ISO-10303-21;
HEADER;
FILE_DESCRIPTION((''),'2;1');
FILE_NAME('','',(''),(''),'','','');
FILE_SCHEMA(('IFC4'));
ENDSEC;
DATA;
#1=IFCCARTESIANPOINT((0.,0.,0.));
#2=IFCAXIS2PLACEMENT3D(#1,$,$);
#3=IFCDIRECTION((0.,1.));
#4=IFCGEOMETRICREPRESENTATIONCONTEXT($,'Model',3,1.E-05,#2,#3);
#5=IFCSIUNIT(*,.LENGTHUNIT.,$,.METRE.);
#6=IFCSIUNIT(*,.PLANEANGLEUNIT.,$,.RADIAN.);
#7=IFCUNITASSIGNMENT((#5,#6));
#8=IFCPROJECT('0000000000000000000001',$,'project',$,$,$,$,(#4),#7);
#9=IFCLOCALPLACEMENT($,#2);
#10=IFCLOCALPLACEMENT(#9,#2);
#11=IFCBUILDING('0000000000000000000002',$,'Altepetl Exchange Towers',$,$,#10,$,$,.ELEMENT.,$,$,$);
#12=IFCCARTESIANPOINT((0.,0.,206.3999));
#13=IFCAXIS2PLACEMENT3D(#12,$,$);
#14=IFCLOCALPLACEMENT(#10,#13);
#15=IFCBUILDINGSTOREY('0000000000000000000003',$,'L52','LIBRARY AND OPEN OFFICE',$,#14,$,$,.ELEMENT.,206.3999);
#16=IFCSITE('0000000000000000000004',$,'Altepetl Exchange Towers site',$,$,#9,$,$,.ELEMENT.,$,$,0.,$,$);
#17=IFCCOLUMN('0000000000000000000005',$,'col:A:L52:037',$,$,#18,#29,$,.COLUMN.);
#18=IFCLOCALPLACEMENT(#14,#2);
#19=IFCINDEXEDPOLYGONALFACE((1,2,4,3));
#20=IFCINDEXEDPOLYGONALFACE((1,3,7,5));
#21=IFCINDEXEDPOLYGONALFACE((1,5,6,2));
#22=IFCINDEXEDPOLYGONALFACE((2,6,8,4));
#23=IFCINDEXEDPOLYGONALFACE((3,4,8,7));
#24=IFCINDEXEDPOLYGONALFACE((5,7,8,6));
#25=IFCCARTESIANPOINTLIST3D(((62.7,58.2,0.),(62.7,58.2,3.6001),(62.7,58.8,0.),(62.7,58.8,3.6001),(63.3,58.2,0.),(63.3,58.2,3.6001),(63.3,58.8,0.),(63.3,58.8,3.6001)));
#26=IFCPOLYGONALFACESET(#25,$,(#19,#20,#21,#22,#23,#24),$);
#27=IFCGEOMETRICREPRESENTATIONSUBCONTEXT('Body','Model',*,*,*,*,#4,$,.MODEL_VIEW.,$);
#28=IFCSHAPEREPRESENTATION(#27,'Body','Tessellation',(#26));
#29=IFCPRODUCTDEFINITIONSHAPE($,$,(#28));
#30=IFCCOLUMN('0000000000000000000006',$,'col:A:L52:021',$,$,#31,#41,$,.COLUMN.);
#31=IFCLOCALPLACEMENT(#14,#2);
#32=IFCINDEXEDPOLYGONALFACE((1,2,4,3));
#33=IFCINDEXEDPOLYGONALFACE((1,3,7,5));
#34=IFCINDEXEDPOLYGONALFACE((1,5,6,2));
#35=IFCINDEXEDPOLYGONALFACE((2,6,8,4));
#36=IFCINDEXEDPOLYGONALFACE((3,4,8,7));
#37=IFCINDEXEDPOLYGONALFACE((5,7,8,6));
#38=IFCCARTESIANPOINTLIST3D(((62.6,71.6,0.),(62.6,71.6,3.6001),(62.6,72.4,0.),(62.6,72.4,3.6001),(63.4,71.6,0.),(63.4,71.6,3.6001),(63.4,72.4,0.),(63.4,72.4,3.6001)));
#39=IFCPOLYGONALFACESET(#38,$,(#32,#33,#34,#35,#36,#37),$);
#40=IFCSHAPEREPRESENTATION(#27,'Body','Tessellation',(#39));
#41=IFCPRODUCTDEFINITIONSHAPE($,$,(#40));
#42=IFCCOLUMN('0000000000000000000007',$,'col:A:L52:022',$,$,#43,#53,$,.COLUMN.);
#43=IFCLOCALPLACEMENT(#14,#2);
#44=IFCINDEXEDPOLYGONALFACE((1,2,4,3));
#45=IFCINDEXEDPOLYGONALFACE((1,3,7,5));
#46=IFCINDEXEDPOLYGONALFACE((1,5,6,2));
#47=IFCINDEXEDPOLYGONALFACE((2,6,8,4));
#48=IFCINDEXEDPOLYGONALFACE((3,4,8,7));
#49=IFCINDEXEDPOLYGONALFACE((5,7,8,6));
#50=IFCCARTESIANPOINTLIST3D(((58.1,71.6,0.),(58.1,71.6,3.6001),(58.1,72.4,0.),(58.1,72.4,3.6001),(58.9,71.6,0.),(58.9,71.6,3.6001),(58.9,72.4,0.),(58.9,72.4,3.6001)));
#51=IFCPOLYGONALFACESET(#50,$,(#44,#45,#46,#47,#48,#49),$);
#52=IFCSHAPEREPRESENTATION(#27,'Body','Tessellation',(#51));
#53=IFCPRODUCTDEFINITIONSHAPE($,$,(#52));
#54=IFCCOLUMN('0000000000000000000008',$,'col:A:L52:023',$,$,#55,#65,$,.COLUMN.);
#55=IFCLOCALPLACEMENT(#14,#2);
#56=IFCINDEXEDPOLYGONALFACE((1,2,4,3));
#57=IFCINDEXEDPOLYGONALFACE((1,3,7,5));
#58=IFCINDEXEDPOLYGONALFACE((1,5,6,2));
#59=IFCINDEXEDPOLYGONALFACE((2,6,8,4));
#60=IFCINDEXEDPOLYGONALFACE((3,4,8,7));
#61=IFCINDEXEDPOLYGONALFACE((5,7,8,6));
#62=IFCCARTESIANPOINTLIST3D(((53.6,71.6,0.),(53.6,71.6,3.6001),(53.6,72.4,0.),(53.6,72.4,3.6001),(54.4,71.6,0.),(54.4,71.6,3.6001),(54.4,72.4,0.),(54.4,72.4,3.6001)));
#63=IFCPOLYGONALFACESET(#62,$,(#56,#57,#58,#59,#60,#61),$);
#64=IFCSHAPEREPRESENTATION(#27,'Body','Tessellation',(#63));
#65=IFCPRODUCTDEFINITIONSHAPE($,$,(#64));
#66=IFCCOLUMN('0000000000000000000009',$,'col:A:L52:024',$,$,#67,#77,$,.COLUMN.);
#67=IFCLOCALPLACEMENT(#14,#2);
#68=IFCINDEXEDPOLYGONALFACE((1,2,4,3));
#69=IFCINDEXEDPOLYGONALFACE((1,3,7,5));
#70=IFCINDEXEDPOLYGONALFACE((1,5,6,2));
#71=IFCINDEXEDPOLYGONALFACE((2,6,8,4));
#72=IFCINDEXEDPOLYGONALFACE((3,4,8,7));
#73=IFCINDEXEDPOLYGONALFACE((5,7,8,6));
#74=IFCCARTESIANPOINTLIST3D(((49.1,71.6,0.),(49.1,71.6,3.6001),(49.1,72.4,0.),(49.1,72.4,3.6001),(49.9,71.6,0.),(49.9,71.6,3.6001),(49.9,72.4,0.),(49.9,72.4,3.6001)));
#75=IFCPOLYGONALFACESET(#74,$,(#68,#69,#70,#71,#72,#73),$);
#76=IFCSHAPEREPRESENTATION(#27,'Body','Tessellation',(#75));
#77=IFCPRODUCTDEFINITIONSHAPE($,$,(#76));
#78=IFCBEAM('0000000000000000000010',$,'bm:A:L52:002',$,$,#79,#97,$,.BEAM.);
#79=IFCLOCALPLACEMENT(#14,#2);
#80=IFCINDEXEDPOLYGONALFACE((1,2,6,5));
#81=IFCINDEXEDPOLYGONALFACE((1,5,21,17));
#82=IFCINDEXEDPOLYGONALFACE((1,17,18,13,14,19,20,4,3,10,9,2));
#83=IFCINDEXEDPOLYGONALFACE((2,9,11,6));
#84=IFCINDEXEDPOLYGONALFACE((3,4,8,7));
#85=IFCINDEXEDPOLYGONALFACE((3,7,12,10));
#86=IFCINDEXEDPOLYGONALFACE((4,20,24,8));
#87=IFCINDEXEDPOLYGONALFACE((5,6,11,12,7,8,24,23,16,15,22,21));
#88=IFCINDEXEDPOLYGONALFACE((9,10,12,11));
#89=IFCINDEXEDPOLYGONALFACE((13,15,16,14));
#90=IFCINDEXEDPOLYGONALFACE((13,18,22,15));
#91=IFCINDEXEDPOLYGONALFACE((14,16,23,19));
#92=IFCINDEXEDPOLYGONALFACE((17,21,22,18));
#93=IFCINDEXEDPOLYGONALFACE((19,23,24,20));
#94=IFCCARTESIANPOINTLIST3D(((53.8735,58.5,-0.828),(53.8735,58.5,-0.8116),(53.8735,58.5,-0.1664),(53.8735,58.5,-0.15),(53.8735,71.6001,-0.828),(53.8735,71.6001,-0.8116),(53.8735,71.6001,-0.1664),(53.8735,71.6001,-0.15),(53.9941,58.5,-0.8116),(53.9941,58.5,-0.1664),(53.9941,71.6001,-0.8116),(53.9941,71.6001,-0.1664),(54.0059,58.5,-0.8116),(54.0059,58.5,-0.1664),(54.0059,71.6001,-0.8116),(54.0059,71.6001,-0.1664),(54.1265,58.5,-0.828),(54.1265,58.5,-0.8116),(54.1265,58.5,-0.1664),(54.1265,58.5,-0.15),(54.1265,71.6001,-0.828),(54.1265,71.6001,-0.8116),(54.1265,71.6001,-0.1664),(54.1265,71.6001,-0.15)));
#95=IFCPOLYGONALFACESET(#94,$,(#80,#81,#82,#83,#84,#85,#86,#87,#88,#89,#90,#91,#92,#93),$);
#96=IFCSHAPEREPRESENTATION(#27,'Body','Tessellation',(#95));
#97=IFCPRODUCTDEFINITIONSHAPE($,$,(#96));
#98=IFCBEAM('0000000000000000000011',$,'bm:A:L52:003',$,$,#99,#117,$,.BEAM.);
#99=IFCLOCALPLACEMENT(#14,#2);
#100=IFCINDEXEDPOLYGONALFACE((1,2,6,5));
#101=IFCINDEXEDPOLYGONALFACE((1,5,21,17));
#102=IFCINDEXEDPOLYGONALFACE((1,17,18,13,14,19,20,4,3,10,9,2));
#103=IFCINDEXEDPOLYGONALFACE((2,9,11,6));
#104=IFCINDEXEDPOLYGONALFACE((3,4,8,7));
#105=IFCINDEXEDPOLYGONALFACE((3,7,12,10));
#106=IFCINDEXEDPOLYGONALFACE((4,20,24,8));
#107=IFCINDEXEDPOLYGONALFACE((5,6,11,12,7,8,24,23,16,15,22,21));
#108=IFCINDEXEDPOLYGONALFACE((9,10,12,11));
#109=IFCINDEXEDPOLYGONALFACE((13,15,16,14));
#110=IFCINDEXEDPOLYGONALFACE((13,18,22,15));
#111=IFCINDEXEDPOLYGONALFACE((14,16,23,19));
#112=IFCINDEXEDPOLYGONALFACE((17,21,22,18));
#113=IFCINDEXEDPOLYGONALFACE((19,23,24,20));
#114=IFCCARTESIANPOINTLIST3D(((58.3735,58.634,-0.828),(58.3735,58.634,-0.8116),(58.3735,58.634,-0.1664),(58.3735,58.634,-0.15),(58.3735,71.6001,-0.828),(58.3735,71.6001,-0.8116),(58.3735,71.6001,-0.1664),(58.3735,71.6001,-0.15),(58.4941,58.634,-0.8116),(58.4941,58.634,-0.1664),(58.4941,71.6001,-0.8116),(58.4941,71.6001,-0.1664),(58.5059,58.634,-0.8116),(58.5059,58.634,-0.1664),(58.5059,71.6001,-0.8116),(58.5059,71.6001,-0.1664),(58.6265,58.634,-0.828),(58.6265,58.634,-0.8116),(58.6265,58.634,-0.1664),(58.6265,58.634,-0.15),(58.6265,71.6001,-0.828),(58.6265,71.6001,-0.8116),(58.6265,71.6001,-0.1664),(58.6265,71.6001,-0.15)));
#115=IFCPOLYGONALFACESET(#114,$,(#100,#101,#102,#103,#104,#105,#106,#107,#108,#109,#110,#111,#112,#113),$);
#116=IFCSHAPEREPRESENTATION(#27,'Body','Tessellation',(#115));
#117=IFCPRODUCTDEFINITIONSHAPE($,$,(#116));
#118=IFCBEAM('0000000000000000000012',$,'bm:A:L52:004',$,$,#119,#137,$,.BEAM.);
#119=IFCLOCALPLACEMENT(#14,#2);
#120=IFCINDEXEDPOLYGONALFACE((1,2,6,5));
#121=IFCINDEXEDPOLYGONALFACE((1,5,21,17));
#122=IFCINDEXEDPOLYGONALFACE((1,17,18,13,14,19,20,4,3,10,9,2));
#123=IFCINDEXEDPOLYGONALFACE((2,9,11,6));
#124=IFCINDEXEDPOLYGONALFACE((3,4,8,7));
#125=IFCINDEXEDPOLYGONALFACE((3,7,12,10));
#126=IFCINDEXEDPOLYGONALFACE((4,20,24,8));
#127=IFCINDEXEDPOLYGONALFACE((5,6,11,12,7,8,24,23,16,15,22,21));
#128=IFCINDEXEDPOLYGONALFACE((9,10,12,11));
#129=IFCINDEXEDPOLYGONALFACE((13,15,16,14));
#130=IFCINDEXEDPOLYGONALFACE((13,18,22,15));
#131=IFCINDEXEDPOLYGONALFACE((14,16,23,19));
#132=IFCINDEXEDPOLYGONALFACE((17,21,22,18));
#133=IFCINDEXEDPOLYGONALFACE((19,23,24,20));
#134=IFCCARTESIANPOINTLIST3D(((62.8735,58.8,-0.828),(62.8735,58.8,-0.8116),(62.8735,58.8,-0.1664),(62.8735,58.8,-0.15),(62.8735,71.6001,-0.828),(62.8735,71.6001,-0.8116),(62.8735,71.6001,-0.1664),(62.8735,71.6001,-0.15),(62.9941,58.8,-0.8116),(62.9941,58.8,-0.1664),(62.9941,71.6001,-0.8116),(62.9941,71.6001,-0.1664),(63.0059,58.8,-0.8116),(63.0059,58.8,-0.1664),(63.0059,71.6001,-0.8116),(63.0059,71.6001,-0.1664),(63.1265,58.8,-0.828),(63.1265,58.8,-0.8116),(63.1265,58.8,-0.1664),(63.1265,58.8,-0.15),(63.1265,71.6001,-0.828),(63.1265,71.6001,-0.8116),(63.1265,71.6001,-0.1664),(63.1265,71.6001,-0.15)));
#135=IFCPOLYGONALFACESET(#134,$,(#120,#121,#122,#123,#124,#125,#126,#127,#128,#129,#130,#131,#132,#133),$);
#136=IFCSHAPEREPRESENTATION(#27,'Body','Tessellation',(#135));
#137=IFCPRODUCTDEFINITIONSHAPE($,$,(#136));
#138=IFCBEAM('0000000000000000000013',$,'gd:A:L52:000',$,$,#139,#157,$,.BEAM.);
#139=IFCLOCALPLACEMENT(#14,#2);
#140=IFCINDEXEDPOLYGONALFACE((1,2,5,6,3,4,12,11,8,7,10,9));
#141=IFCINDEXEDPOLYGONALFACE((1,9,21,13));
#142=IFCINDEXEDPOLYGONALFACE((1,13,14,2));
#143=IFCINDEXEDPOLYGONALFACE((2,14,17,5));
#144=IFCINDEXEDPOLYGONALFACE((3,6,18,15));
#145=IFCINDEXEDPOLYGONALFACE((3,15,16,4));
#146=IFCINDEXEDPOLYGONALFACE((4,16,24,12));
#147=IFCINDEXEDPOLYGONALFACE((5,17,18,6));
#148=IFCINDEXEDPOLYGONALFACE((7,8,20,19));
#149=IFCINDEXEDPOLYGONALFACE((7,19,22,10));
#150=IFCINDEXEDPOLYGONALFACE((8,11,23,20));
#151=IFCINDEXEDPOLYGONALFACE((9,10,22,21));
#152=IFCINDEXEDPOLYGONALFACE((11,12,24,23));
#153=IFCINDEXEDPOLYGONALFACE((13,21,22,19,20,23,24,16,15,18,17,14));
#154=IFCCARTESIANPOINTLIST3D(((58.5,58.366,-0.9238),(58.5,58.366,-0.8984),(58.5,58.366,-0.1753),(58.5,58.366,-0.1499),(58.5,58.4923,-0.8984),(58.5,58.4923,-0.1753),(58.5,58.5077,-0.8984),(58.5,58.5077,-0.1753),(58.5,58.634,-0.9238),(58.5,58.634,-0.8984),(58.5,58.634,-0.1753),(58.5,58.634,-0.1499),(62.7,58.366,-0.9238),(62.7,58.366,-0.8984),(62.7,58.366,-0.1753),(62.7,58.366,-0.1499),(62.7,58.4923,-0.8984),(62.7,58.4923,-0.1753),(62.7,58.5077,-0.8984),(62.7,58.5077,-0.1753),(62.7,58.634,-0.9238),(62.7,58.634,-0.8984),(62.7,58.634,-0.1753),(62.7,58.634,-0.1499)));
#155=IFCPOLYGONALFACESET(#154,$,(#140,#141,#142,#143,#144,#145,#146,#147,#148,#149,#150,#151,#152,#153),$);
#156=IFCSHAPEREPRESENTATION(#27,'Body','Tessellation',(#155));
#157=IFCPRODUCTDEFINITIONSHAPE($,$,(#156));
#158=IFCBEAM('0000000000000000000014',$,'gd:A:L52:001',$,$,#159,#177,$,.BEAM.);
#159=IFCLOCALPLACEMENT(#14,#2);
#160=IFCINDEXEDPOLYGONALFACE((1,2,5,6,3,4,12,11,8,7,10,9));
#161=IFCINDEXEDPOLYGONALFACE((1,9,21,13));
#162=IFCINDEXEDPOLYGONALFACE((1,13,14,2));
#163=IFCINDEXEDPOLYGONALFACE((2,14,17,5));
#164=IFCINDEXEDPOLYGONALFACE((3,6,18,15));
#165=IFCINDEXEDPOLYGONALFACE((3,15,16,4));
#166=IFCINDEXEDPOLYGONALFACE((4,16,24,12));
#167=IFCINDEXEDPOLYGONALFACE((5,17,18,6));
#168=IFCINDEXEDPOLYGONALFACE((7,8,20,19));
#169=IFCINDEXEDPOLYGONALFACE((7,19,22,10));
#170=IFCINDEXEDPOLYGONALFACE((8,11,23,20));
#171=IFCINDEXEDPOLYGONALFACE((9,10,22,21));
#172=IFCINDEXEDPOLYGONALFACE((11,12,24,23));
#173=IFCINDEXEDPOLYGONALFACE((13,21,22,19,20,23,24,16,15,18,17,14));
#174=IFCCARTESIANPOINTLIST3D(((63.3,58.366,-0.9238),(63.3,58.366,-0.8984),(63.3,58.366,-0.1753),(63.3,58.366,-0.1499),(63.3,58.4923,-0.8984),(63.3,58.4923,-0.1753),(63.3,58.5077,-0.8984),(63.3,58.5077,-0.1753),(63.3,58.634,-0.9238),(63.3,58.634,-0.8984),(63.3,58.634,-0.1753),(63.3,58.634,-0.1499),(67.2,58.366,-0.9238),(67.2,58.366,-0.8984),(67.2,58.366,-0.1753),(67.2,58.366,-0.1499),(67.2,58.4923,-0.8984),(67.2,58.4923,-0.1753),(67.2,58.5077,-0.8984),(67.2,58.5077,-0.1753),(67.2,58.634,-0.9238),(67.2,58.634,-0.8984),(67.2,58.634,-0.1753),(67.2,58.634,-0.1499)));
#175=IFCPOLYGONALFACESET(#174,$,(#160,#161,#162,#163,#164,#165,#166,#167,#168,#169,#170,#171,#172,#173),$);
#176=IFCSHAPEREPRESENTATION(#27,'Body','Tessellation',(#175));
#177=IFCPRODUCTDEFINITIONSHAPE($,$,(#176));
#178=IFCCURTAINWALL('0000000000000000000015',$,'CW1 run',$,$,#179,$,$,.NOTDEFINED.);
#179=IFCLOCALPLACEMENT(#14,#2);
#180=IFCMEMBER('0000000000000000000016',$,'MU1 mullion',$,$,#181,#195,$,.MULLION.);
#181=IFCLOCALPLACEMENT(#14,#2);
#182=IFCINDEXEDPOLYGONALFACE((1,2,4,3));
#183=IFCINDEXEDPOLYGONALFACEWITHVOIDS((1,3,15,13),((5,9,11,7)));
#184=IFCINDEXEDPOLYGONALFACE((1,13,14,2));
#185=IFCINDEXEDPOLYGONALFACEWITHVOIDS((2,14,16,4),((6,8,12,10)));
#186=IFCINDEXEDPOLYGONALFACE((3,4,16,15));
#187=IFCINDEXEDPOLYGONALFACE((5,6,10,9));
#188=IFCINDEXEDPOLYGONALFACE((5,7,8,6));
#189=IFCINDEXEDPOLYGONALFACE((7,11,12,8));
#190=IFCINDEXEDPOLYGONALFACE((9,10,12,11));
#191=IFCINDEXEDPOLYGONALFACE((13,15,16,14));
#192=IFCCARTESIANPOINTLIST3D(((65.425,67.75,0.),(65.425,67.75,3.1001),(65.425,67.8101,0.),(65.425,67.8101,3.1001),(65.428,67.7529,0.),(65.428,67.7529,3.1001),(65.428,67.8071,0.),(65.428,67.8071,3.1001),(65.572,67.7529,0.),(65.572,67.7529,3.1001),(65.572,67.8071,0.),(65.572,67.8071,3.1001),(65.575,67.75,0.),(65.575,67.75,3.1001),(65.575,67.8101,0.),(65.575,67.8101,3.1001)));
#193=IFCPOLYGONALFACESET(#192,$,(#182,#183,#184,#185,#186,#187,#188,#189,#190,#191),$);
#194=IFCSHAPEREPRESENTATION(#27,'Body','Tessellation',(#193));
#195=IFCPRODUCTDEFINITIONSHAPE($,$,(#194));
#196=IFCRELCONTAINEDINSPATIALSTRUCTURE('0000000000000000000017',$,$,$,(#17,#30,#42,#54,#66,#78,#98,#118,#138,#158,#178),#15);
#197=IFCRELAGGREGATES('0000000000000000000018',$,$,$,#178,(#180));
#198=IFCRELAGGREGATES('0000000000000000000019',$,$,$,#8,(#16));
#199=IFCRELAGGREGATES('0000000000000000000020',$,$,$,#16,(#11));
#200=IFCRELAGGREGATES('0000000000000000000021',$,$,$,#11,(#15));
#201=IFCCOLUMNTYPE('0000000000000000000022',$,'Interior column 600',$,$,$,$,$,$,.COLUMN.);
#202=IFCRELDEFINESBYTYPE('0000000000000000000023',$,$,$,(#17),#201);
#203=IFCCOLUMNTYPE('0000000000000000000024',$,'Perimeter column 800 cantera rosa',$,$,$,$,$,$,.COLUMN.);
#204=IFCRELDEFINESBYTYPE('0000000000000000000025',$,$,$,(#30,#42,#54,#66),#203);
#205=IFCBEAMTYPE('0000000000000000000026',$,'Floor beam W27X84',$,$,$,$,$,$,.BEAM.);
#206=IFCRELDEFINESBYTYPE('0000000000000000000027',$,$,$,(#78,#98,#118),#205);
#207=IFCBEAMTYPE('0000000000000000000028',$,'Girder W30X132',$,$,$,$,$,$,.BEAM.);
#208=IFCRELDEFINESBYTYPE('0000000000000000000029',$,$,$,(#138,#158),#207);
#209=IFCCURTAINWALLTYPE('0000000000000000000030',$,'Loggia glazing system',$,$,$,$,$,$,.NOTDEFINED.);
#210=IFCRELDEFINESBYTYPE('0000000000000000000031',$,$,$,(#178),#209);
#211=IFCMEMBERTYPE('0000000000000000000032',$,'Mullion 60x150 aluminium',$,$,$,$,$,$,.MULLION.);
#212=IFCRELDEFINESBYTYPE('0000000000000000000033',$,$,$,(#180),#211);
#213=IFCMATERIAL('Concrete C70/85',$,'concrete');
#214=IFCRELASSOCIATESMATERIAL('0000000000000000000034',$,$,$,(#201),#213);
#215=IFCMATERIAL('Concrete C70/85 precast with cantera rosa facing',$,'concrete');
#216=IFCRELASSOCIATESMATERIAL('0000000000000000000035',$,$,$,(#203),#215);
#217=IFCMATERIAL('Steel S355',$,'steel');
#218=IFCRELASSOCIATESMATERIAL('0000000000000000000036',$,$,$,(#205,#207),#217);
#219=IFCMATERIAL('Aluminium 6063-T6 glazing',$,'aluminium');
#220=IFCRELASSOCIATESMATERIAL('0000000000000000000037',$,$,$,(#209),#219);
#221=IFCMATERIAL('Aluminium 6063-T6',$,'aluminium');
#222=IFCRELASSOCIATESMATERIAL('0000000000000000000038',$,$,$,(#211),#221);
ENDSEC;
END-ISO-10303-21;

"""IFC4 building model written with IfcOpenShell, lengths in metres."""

from ifc_helpers import new_model, si_unit, direction, frame, origin, origin_2d, place, context, subcontext, project, spatial, rectangle, hollow_rectangle, i_section, extrude, material, material_profile, profile_set, type_object, element, aggregate, save


model = new_model("IFC4")

# Units and contexts
model_context = context("Model", 3, precision=1e-05, world=origin(), true_north=direction((0.0, 1.0)))
body_context = subcontext(model_context, "Body", "Model", "MODEL_VIEW")
ifc_project = project(units=[si_unit("LENGTHUNIT", "METRE"), si_unit("PLANEANGLEUNIT", "RADIAN")], contexts=[model_context])

# Site, building, storey
site_placement = place(None, origin())
site = spatial("IfcSite", under=ifc_project, at=site_placement, Name="Altepetl Exchange Towers site", CompositionType="ELEMENT", RefElevation=0.0)
building_placement = place(site_placement, origin())
building = spatial("IfcBuilding", under=site, at=building_placement, Name="Altepetl Exchange Towers", CompositionType="ELEMENT")
storey_placement = place(building_placement, frame((0.0, 0.0, 206.3999)))
storey = spatial("IfcBuildingStorey", under=building, at=storey_placement, Name="L52", Description="LIBRARY AND OPEN OFFICE", CompositionType="ELEMENT", Elevation=206.3999)

# Columns
ifc_material_1 = material(Name="Concrete C70/85", Category="concrete")
ifc_material_profile_1 = material_profile(ifc_material_1, rectangle(XDim=0.6001, YDim=0.6001, at=origin_2d()), Name="600 x 600")
ifc_profile_set_1 = profile_set([ifc_material_profile_1], Name="Concrete C70/85")
column_type_1 = type_object("IfcColumnType", Name="Interior column 600", PredefinedType="COLUMN", material=ifc_profile_set_1)
column_placement = place(storey_placement, frame((63.0, 58.5, 0.0)))
element("IfcColumn", 1, at=column_placement, inside=storey, type_object=column_type_1, Name="col:A:L52:037", PredefinedType="COLUMN", context=body_context, shape_type="SweptSolid", body=[
    extrude(rectangle(XDim=0.6001, YDim=0.6001, at=origin_2d()), origin(), (0.0, 0.0, 1.0), 3.6001),
])
ifc_material_2 = material(Name="Concrete C70/85 precast with cantera rosa facing", Category="concrete")
ifc_material_profile_2 = material_profile(ifc_material_2, rectangle(XDim=0.8, YDim=0.8, at=origin_2d()), Name="800 x 800")
ifc_profile_set_2 = profile_set([ifc_material_profile_2], Name="Concrete C70/85 precast with cantera rosa facing")
column_type_2 = type_object("IfcColumnType", Name="Perimeter column 800 cantera rosa", PredefinedType="COLUMN", material=ifc_profile_set_2)
for number, where, name in (
    (2, (63.0, 72.0, 0.0), "col:A:L52:021"),
    (3, (58.5, 72.0, 0.0), "col:A:L52:022"),
    (4, (54.0, 72.0, 0.0), "col:A:L52:023"),
    (5, (49.5, 72.0, 0.0), "col:A:L52:024"),
):
    element("IfcColumn", number, at=place(storey_placement, frame(where)), inside=storey, type_object=column_type_2, Name=name, PredefinedType="COLUMN", context=body_context, shape_type="SweptSolid", body=[
        extrude(rectangle(XDim=0.8, YDim=0.8, at=origin_2d()), origin(), (0.0, 0.0, 1.0), 3.6001),
    ])

# Beams
ifc_material_3 = material(Name="Steel S355", Category="steel")
ifc_material_profile_3 = material_profile(ifc_material_3, i_section(OverallWidth=0.2529, OverallDepth=0.678, WebThickness=0.0117, FlangeThickness=0.0164, at=origin_2d()), Name="W27X84")
ifc_profile_set_3 = profile_set([ifc_material_profile_3], Name="Steel S355")
beam_type_1 = type_object("IfcBeamType", Name="Floor beam W27X84", PredefinedType="BEAM", material=ifc_profile_set_3)
beam_1_placement = place(storey_placement, frame((54.0, 58.5, -0.489), z_axis=(0.0, 1.0, 0.0), x_axis=(-1.0, 0.0, 0.0)))
element("IfcBeam", 6, at=beam_1_placement, inside=storey, type_object=beam_type_1, Name="bm:A:L52:002", PredefinedType="BEAM", context=body_context, shape_type="SweptSolid", body=[
    extrude(i_section(OverallWidth=0.2529, OverallDepth=0.678, WebThickness=0.0117, FlangeThickness=0.0164, at=origin_2d()), origin(), (0.0, 0.0, 1.0), 13.1001),
])
beam_2_placement = place(storey_placement, frame((58.5, 58.634, -0.489), z_axis=(0.0, 1.0, 0.0), x_axis=(-1.0, 0.0, 0.0)))
element("IfcBeam", 7, at=beam_2_placement, inside=storey, type_object=beam_type_1, Name="bm:A:L52:003", PredefinedType="BEAM", context=body_context, shape_type="SweptSolid", body=[
    extrude(i_section(OverallWidth=0.2529, OverallDepth=0.678, WebThickness=0.0117, FlangeThickness=0.0164, at=origin_2d()), origin(), (0.0, 0.0, 1.0), 12.9661),
])
beam_3_placement = place(storey_placement, frame((63.0, 58.8, -0.489), z_axis=(0.0, 1.0, 0.0), x_axis=(-1.0, 0.0, 0.0)))
element("IfcBeam", 8, at=beam_3_placement, inside=storey, type_object=beam_type_1, Name="bm:A:L52:004", PredefinedType="BEAM", context=body_context, shape_type="SweptSolid", body=[
    extrude(i_section(OverallWidth=0.2529, OverallDepth=0.678, WebThickness=0.0117, FlangeThickness=0.0164, at=origin_2d()), origin(), (0.0, 0.0, 1.0), 12.8),
])
ifc_material_profile_4 = material_profile(ifc_material_3, i_section(OverallWidth=0.2681, OverallDepth=0.7739, WebThickness=0.0154, FlangeThickness=0.0254, at=origin_2d()), Name="W30X132")
ifc_profile_set_4 = profile_set([ifc_material_profile_4], Name="Steel S355")
beam_type_2 = type_object("IfcBeamType", Name="Girder W30X132", PredefinedType="BEAM", material=ifc_profile_set_4)
beam_4_placement = place(storey_placement, frame((58.5, 58.5, -0.5369), z_axis=(1.0, 0.0, 0.0), x_axis=(0.0, 1.0, 0.0)))
element("IfcBeam", 9, at=beam_4_placement, inside=storey, type_object=beam_type_2, Name="gd:A:L52:000", PredefinedType="BEAM", context=body_context, shape_type="SweptSolid", body=[
    extrude(i_section(OverallWidth=0.2681, OverallDepth=0.7739, WebThickness=0.0154, FlangeThickness=0.0254, at=origin_2d()), origin(), (0.0, 0.0, 1.0), 4.2),
])
beam_5_placement = place(storey_placement, frame((63.3, 58.5, -0.5369), z_axis=(1.0, 0.0, 0.0), x_axis=(0.0, 1.0, 0.0)))
element("IfcBeam", 10, at=beam_5_placement, inside=storey, type_object=beam_type_2, Name="gd:A:L52:001", PredefinedType="BEAM", context=body_context, shape_type="SweptSolid", body=[
    extrude(i_section(OverallWidth=0.2681, OverallDepth=0.7739, WebThickness=0.0154, FlangeThickness=0.0254, at=origin_2d()), origin(), (0.0, 0.0, 1.0), 3.8999),
])

# Curtain wall, member
ifc_material_4 = material(Name="Aluminium 6063-T6 glazing", Category="aluminium")
curtain_wall_type = type_object("IfcCurtainWallType", Name="Loggia glazing system", PredefinedType="NOTDEFINED", material=ifc_material_4)
curtain_wall_1_placement = place(storey_placement, origin())
curtain_wall_1 = element("IfcCurtainWall", 11, at=curtain_wall_1_placement, inside=storey, type_object=curtain_wall_type, Name="CW1 run", PredefinedType="NOTDEFINED")
ifc_material_5 = material(Name="Aluminium 6063-T6", Category="aluminium")
ifc_material_profile_5 = material_profile(ifc_material_5, hollow_rectangle(XDim=0.0601, YDim=0.1499, WallThickness=0.0029, at=origin_2d()), Name="Mullion 60x150 aluminium")
ifc_profile_set_5 = profile_set([ifc_material_profile_5], Name="Aluminium 6063-T6")
member_type = type_object("IfcMemberType", Name="Mullion 60x150 aluminium", PredefinedType="MULLION", material=ifc_profile_set_5)
member_1_placement = place(storey_placement, frame((65.5, 67.78, 0.0), z_axis=(0.0, 0.0, 1.0), x_axis=(0.0, 1.0, 0.0)))
member_1 = element("IfcMember", 12, at=member_1_placement, type_object=member_type, Name="MU1 mullion", PredefinedType="MULLION", context=body_context, shape_type="SweptSolid", body=[
    extrude(hollow_rectangle(XDim=0.0601, YDim=0.1499, WallThickness=0.0029, at=origin_2d()), origin(), (0.0, 0.0, 1.0), 3.1001),
])
aggregate(curtain_wall_1, [member_1])

save(model, "model.ifc")
